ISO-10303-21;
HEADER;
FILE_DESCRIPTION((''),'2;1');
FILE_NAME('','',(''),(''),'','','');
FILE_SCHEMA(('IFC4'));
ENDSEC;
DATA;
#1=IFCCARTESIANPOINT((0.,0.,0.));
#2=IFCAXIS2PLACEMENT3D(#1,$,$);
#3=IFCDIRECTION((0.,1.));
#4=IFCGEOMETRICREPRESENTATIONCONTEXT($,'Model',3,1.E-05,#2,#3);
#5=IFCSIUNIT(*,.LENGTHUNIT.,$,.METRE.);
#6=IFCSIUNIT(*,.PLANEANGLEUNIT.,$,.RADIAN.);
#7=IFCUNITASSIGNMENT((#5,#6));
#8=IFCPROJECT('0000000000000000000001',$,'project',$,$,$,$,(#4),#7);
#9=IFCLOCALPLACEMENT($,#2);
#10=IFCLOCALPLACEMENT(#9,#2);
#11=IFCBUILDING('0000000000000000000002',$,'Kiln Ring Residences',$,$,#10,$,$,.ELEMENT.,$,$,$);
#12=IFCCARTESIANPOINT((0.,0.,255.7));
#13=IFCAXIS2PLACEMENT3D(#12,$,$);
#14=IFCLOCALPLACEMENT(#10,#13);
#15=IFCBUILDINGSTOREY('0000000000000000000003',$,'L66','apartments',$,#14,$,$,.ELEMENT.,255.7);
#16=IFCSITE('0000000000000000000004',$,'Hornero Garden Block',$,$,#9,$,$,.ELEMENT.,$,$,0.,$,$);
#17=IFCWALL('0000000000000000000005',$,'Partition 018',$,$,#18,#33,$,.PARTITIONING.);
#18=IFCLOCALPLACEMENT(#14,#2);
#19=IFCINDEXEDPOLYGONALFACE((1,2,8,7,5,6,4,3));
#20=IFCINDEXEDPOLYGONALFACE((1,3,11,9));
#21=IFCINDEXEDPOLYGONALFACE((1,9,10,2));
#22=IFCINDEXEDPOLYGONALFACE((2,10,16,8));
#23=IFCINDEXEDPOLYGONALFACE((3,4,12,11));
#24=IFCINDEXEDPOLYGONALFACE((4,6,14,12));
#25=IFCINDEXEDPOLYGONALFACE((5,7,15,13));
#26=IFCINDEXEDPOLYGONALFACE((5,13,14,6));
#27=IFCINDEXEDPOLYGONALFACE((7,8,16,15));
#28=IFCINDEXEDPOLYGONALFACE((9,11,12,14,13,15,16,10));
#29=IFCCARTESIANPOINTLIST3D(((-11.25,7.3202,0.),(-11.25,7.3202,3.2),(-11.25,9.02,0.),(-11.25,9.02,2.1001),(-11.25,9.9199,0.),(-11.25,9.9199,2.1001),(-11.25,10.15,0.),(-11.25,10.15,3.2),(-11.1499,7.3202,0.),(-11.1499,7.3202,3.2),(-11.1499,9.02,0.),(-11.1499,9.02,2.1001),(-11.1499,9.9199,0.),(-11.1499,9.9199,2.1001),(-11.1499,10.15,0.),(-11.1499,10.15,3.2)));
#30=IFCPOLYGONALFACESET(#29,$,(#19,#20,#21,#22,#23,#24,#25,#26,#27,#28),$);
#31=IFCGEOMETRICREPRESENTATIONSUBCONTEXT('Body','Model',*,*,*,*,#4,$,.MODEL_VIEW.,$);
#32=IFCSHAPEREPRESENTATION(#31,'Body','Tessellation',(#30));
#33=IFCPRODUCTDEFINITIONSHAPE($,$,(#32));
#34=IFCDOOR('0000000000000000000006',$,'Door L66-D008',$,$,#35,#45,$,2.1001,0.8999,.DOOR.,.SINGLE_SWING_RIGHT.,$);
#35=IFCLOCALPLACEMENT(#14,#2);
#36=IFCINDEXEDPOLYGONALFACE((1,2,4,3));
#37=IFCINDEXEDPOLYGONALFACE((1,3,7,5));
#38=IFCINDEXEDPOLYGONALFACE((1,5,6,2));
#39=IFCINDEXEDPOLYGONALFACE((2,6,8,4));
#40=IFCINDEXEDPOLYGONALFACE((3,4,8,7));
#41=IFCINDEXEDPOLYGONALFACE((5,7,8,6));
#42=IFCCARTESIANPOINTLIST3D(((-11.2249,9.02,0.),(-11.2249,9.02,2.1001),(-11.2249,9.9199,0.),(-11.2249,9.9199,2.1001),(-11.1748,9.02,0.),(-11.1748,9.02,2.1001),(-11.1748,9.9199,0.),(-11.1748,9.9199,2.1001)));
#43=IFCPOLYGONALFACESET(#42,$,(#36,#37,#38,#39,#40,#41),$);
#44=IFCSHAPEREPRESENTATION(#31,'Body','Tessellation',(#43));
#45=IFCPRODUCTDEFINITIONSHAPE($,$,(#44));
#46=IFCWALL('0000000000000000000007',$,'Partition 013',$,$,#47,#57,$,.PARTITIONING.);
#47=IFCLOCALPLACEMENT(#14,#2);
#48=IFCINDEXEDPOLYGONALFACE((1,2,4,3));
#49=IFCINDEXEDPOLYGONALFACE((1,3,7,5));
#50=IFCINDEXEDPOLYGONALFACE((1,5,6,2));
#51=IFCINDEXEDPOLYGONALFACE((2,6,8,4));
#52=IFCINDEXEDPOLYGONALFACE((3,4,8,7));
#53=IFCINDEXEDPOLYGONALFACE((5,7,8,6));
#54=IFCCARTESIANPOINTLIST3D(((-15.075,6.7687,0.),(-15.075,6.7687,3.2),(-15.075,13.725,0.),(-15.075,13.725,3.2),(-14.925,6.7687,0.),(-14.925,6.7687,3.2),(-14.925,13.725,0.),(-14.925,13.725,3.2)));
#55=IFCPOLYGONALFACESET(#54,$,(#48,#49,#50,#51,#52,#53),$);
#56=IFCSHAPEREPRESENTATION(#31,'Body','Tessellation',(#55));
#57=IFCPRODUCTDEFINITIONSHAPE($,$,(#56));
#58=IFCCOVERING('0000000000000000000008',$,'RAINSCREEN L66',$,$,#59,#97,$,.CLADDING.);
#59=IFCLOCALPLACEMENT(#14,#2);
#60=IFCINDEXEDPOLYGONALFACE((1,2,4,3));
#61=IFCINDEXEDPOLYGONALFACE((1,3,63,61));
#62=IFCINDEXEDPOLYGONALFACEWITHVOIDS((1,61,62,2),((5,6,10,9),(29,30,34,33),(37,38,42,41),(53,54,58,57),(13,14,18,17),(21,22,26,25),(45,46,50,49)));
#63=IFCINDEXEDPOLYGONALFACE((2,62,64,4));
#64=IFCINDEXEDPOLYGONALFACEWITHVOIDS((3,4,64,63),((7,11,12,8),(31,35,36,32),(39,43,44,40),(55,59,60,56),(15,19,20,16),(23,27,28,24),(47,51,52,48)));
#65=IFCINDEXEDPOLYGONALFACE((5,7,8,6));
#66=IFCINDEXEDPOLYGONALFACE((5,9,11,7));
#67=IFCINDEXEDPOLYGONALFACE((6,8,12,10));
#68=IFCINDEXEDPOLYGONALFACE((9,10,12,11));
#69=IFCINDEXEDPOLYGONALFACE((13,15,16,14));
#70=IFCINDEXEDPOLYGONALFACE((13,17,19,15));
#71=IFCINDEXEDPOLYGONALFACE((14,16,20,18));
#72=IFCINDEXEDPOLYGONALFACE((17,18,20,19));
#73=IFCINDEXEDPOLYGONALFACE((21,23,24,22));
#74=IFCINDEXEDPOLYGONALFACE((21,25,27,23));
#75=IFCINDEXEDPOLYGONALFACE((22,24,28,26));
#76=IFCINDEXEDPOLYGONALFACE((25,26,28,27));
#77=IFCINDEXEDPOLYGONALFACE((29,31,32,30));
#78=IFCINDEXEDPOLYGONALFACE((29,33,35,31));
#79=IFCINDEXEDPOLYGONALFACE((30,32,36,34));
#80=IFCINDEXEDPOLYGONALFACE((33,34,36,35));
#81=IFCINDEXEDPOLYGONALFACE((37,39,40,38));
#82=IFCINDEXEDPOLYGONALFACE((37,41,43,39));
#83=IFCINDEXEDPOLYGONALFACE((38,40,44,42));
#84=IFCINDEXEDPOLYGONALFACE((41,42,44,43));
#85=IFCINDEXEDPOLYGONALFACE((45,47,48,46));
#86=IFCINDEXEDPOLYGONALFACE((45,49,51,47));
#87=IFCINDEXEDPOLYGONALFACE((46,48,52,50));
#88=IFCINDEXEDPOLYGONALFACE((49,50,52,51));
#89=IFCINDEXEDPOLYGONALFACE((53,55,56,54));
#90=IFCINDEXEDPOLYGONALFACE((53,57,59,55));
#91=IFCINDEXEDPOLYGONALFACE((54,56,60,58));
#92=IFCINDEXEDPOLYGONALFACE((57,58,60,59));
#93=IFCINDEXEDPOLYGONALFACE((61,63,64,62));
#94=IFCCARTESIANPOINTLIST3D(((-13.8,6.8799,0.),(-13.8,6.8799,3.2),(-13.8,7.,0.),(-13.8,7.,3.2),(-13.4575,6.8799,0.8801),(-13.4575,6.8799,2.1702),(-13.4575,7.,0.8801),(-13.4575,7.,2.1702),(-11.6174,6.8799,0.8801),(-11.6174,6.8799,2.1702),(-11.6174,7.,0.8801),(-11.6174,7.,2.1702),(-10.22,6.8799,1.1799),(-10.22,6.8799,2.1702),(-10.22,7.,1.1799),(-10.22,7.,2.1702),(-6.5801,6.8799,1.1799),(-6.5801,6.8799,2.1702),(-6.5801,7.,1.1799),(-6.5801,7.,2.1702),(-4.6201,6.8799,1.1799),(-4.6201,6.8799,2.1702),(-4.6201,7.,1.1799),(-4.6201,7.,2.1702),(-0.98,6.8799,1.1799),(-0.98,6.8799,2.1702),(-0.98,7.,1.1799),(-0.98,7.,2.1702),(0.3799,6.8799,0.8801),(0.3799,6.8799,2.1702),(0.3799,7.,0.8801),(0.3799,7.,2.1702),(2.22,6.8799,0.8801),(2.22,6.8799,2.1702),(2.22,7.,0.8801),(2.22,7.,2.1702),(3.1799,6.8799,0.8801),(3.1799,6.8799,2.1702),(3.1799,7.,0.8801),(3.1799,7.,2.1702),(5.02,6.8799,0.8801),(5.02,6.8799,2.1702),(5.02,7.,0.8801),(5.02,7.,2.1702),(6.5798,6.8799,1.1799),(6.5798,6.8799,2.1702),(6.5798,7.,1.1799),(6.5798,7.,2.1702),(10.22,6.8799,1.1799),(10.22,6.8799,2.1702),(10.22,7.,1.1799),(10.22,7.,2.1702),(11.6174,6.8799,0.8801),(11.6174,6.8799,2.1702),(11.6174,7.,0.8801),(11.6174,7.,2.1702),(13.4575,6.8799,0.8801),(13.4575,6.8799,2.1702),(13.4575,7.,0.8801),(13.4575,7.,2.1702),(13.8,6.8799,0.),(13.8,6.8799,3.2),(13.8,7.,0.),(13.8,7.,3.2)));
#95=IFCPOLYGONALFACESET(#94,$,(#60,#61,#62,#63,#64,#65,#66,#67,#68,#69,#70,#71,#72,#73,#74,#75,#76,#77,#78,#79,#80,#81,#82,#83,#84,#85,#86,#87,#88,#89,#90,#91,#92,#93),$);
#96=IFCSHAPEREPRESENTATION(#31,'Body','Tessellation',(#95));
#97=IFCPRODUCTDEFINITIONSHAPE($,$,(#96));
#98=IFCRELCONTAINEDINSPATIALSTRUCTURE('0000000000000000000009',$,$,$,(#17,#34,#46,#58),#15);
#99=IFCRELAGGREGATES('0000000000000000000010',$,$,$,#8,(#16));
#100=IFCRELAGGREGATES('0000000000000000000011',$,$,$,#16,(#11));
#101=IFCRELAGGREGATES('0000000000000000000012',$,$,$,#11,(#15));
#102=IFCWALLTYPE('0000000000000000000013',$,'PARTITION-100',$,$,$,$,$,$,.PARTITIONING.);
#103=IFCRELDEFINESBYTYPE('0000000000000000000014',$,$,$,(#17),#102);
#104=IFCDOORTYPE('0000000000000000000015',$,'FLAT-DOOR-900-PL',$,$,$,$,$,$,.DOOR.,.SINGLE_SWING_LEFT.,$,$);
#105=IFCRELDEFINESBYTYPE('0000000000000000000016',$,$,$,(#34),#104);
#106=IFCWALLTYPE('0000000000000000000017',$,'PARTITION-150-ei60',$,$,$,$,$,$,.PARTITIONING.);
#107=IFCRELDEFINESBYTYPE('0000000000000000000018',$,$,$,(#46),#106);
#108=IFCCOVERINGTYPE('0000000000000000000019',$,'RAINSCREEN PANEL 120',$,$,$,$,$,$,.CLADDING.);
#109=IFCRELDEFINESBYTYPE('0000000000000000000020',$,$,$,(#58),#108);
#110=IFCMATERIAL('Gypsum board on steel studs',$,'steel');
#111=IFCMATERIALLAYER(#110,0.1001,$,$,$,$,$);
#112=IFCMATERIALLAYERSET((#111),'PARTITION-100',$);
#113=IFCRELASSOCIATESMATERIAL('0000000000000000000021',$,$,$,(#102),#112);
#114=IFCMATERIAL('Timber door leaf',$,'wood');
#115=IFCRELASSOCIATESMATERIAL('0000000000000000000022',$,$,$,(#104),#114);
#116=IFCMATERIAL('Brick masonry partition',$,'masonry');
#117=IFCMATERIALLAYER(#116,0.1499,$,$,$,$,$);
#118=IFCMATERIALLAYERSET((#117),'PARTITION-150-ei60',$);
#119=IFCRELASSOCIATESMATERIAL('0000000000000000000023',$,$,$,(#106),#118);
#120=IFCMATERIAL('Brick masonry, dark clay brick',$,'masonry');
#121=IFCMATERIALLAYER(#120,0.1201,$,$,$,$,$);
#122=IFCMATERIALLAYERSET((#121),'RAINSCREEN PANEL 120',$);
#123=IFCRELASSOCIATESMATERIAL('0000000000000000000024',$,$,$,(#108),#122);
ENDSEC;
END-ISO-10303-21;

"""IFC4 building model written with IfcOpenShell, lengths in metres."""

from ifc_helpers import new_model, si_unit, direction, frame, frame_2d, origin, place, context, subcontext, project, spatial, polyline, rectangle, outline, extrude, material, layer, layer_set, type_object, element, fill, save


model = new_model("IFC4")

# Units and contexts
model_context = context("Model", 3, precision=1e-05, world=origin(), true_north=direction((0.0, 1.0)))
body_context = subcontext(model_context, "Body", "Model", "MODEL_VIEW")
ifc_project = project(units=[si_unit("LENGTHUNIT", "METRE"), si_unit("PLANEANGLEUNIT", "RADIAN")], contexts=[model_context])

# Site, building, storey
site_placement = place(None, origin())
site = spatial("IfcSite", under=ifc_project, at=site_placement, Name="Hornero Garden Block", CompositionType="ELEMENT", RefElevation=0.0)
building_placement = place(site_placement, origin())
building = spatial("IfcBuilding", under=site, at=building_placement, Name="Kiln Ring Residences", CompositionType="ELEMENT")
storey_placement = place(building_placement, frame((0.0, 0.0, 255.7)))
storey = spatial("IfcBuildingStorey", under=building, at=storey_placement, Name="L66", Description="apartments", CompositionType="ELEMENT", Elevation=255.7)

# Wall, opening, door
ifc_material_1 = material(Name="Gypsum board on steel studs", Category="steel")
ifc_layer_1 = layer(ifc_material_1, 0.1001)
ifc_layer_set_1 = layer_set([ifc_layer_1], Name="PARTITION-100")
wall_type_1 = type_object("IfcWallType", Name="PARTITION-100", PredefinedType="PARTITIONING", material=ifc_layer_set_1)
wall_1_placement = place(storey_placement, frame((-11.2, 7.3201, 0.0), z_axis=(0.0, 0.0, 1.0), x_axis=(0.0, 1.0, 0.0)))
wall_1 = element("IfcWall", 1, at=wall_1_placement, inside=storey, type_object=wall_type_1, Name="Partition 018", PredefinedType="PARTITIONING", context=body_context, shape_type="SweptSolid", body=[
    extrude(rectangle(XDim=2.8298, YDim=0.1001, at=frame_2d((1.415, 0.0))), origin(), (0.0, 0.0, 1.0), 3.2),
])
opening_1_placement = place(wall_1_placement, frame((1.7, 0.0, 0.0)))
opening_1 = element("IfcOpeningElement", 2, at=opening_1_placement, cuts=wall_1, PredefinedType="OPENING", context=body_context, shape_type="SweptSolid", body=[
    extrude(rectangle(XDim=0.8999, YDim=2.1001, at=frame_2d((0.45, 1.05))), frame((0.0, 0.0601, 0.0), z_axis=(0.0, -1.0, 0.0), x_axis=(1.0, 0.0, 0.0)), (0.0, 0.0, 1.0), 0.1201),
])
ifc_material_2 = material(Name="Timber door leaf", Category="wood")
door_type = type_object("IfcDoorType", Name="FLAT-DOOR-900-PL", OperationType="SINGLE_SWING_LEFT", PredefinedType="DOOR", material=ifc_material_2)
door_placement = place(opening_1_placement, origin())
door = element("IfcDoor", 3, at=door_placement, inside=storey, type_object=door_type, Name="Door L66-D008", OperationType="SINGLE_SWING_RIGHT", OverallHeight=2.1001, OverallWidth=0.8999, PredefinedType="DOOR", context=body_context, shape_type="SweptSolid", body=[
    extrude(rectangle(XDim=0.8999, YDim=2.1001, at=frame_2d((0.45, 1.05))), frame((0.0, 0.0249, 0.0), z_axis=(0.0, -1.0, 0.0), x_axis=(1.0, 0.0, 0.0)), (0.0, 0.0, 1.0), 0.05),
])
fill(opening_1, door)

# Wall
ifc_material_3 = material(Name="Brick masonry partition", Category="masonry")
ifc_layer_2 = layer(ifc_material_3, 0.1499)
ifc_layer_set_2 = layer_set([ifc_layer_2], Name="PARTITION-150-ei60")
wall_type_2 = type_object("IfcWallType", Name="PARTITION-150-ei60", PredefinedType="PARTITIONING", material=ifc_layer_set_2)
wall_2_placement = place(storey_placement, frame((-15.0, 6.7688, 0.0), z_axis=(0.0, 0.0, 1.0), x_axis=(0.0, 1.0, 0.0)))
element("IfcWall", 4, at=wall_2_placement, inside=storey, type_object=wall_type_2, Name="Partition 013", PredefinedType="PARTITIONING", context=body_context, shape_type="SweptSolid", body=[
    extrude(rectangle(XDim=6.9563, YDim=0.1499, at=frame_2d((3.478, 0.0))), origin(), (0.0, 0.0, 1.0), 3.2),
])

# Covering
ifc_material_4 = material(Name="Brick masonry, dark clay brick", Category="masonry")
ifc_layer_3 = layer(ifc_material_4, 0.1201)
ifc_layer_set_3 = layer_set([ifc_layer_3], Name="RAINSCREEN PANEL 120")
covering_type = type_object("IfcCoveringType", Name="RAINSCREEN PANEL 120", PredefinedType="CLADDING", material=ifc_layer_set_3)
covering_placement = place(storey_placement, frame((-13.8, 6.9399, 0.0), z_axis=(0.0, 0.0, 1.0), x_axis=(1.0, 0.0, 0.0)))
element("IfcCovering", 5, at=covering_placement, inside=storey, type_object=covering_type, Name="RAINSCREEN L66", PredefinedType="CLADDING", context=body_context, shape_type="SweptSolid", body=[
    extrude(outline(polyline([(0.0, 0.0), (27.6001, 0.0), (27.6001, 3.2), (0.0, 3.2), (0.0, 0.0)]), holes=[polyline([(2.1826, 0.8801), (2.1826, 2.1702), (0.3425, 2.1702), (0.3425, 0.8801), (2.1826, 0.8801)]), polyline([(14.1799, 0.8801), (16.02, 0.8801), (16.02, 2.1702), (14.1799, 2.1702), (14.1799, 0.8801)]), polyline([(16.98, 0.8801), (18.8201, 0.8801), (18.8201, 2.1702), (16.98, 2.1702), (16.98, 0.8801)]), polyline([(25.4175, 0.8801), (27.2576, 0.8801), (27.2576, 2.1702), (25.4175, 2.1702), (25.4175, 0.8801)]), polyline([(3.5801, 1.1799), (7.22, 1.1799), (7.22, 2.1702), (3.5801, 2.1702), (3.5801, 1.1799)]), polyline([(9.1799, 1.1799), (12.8201, 1.1799), (12.8201, 2.1702), (9.1799, 2.1702), (9.1799, 1.1799)]), polyline([(20.3799, 1.1799), (24.02, 1.1799), (24.02, 2.1702), (20.3799, 2.1702), (20.3799, 1.1799)])]), frame((0.0, 0.0601, 0.0), z_axis=(0.0, -1.0, 0.0), x_axis=(1.0, 0.0, 0.0)), (0.0, 0.0, 1.0), 0.1201),
])

save(model, "model.ifc")
